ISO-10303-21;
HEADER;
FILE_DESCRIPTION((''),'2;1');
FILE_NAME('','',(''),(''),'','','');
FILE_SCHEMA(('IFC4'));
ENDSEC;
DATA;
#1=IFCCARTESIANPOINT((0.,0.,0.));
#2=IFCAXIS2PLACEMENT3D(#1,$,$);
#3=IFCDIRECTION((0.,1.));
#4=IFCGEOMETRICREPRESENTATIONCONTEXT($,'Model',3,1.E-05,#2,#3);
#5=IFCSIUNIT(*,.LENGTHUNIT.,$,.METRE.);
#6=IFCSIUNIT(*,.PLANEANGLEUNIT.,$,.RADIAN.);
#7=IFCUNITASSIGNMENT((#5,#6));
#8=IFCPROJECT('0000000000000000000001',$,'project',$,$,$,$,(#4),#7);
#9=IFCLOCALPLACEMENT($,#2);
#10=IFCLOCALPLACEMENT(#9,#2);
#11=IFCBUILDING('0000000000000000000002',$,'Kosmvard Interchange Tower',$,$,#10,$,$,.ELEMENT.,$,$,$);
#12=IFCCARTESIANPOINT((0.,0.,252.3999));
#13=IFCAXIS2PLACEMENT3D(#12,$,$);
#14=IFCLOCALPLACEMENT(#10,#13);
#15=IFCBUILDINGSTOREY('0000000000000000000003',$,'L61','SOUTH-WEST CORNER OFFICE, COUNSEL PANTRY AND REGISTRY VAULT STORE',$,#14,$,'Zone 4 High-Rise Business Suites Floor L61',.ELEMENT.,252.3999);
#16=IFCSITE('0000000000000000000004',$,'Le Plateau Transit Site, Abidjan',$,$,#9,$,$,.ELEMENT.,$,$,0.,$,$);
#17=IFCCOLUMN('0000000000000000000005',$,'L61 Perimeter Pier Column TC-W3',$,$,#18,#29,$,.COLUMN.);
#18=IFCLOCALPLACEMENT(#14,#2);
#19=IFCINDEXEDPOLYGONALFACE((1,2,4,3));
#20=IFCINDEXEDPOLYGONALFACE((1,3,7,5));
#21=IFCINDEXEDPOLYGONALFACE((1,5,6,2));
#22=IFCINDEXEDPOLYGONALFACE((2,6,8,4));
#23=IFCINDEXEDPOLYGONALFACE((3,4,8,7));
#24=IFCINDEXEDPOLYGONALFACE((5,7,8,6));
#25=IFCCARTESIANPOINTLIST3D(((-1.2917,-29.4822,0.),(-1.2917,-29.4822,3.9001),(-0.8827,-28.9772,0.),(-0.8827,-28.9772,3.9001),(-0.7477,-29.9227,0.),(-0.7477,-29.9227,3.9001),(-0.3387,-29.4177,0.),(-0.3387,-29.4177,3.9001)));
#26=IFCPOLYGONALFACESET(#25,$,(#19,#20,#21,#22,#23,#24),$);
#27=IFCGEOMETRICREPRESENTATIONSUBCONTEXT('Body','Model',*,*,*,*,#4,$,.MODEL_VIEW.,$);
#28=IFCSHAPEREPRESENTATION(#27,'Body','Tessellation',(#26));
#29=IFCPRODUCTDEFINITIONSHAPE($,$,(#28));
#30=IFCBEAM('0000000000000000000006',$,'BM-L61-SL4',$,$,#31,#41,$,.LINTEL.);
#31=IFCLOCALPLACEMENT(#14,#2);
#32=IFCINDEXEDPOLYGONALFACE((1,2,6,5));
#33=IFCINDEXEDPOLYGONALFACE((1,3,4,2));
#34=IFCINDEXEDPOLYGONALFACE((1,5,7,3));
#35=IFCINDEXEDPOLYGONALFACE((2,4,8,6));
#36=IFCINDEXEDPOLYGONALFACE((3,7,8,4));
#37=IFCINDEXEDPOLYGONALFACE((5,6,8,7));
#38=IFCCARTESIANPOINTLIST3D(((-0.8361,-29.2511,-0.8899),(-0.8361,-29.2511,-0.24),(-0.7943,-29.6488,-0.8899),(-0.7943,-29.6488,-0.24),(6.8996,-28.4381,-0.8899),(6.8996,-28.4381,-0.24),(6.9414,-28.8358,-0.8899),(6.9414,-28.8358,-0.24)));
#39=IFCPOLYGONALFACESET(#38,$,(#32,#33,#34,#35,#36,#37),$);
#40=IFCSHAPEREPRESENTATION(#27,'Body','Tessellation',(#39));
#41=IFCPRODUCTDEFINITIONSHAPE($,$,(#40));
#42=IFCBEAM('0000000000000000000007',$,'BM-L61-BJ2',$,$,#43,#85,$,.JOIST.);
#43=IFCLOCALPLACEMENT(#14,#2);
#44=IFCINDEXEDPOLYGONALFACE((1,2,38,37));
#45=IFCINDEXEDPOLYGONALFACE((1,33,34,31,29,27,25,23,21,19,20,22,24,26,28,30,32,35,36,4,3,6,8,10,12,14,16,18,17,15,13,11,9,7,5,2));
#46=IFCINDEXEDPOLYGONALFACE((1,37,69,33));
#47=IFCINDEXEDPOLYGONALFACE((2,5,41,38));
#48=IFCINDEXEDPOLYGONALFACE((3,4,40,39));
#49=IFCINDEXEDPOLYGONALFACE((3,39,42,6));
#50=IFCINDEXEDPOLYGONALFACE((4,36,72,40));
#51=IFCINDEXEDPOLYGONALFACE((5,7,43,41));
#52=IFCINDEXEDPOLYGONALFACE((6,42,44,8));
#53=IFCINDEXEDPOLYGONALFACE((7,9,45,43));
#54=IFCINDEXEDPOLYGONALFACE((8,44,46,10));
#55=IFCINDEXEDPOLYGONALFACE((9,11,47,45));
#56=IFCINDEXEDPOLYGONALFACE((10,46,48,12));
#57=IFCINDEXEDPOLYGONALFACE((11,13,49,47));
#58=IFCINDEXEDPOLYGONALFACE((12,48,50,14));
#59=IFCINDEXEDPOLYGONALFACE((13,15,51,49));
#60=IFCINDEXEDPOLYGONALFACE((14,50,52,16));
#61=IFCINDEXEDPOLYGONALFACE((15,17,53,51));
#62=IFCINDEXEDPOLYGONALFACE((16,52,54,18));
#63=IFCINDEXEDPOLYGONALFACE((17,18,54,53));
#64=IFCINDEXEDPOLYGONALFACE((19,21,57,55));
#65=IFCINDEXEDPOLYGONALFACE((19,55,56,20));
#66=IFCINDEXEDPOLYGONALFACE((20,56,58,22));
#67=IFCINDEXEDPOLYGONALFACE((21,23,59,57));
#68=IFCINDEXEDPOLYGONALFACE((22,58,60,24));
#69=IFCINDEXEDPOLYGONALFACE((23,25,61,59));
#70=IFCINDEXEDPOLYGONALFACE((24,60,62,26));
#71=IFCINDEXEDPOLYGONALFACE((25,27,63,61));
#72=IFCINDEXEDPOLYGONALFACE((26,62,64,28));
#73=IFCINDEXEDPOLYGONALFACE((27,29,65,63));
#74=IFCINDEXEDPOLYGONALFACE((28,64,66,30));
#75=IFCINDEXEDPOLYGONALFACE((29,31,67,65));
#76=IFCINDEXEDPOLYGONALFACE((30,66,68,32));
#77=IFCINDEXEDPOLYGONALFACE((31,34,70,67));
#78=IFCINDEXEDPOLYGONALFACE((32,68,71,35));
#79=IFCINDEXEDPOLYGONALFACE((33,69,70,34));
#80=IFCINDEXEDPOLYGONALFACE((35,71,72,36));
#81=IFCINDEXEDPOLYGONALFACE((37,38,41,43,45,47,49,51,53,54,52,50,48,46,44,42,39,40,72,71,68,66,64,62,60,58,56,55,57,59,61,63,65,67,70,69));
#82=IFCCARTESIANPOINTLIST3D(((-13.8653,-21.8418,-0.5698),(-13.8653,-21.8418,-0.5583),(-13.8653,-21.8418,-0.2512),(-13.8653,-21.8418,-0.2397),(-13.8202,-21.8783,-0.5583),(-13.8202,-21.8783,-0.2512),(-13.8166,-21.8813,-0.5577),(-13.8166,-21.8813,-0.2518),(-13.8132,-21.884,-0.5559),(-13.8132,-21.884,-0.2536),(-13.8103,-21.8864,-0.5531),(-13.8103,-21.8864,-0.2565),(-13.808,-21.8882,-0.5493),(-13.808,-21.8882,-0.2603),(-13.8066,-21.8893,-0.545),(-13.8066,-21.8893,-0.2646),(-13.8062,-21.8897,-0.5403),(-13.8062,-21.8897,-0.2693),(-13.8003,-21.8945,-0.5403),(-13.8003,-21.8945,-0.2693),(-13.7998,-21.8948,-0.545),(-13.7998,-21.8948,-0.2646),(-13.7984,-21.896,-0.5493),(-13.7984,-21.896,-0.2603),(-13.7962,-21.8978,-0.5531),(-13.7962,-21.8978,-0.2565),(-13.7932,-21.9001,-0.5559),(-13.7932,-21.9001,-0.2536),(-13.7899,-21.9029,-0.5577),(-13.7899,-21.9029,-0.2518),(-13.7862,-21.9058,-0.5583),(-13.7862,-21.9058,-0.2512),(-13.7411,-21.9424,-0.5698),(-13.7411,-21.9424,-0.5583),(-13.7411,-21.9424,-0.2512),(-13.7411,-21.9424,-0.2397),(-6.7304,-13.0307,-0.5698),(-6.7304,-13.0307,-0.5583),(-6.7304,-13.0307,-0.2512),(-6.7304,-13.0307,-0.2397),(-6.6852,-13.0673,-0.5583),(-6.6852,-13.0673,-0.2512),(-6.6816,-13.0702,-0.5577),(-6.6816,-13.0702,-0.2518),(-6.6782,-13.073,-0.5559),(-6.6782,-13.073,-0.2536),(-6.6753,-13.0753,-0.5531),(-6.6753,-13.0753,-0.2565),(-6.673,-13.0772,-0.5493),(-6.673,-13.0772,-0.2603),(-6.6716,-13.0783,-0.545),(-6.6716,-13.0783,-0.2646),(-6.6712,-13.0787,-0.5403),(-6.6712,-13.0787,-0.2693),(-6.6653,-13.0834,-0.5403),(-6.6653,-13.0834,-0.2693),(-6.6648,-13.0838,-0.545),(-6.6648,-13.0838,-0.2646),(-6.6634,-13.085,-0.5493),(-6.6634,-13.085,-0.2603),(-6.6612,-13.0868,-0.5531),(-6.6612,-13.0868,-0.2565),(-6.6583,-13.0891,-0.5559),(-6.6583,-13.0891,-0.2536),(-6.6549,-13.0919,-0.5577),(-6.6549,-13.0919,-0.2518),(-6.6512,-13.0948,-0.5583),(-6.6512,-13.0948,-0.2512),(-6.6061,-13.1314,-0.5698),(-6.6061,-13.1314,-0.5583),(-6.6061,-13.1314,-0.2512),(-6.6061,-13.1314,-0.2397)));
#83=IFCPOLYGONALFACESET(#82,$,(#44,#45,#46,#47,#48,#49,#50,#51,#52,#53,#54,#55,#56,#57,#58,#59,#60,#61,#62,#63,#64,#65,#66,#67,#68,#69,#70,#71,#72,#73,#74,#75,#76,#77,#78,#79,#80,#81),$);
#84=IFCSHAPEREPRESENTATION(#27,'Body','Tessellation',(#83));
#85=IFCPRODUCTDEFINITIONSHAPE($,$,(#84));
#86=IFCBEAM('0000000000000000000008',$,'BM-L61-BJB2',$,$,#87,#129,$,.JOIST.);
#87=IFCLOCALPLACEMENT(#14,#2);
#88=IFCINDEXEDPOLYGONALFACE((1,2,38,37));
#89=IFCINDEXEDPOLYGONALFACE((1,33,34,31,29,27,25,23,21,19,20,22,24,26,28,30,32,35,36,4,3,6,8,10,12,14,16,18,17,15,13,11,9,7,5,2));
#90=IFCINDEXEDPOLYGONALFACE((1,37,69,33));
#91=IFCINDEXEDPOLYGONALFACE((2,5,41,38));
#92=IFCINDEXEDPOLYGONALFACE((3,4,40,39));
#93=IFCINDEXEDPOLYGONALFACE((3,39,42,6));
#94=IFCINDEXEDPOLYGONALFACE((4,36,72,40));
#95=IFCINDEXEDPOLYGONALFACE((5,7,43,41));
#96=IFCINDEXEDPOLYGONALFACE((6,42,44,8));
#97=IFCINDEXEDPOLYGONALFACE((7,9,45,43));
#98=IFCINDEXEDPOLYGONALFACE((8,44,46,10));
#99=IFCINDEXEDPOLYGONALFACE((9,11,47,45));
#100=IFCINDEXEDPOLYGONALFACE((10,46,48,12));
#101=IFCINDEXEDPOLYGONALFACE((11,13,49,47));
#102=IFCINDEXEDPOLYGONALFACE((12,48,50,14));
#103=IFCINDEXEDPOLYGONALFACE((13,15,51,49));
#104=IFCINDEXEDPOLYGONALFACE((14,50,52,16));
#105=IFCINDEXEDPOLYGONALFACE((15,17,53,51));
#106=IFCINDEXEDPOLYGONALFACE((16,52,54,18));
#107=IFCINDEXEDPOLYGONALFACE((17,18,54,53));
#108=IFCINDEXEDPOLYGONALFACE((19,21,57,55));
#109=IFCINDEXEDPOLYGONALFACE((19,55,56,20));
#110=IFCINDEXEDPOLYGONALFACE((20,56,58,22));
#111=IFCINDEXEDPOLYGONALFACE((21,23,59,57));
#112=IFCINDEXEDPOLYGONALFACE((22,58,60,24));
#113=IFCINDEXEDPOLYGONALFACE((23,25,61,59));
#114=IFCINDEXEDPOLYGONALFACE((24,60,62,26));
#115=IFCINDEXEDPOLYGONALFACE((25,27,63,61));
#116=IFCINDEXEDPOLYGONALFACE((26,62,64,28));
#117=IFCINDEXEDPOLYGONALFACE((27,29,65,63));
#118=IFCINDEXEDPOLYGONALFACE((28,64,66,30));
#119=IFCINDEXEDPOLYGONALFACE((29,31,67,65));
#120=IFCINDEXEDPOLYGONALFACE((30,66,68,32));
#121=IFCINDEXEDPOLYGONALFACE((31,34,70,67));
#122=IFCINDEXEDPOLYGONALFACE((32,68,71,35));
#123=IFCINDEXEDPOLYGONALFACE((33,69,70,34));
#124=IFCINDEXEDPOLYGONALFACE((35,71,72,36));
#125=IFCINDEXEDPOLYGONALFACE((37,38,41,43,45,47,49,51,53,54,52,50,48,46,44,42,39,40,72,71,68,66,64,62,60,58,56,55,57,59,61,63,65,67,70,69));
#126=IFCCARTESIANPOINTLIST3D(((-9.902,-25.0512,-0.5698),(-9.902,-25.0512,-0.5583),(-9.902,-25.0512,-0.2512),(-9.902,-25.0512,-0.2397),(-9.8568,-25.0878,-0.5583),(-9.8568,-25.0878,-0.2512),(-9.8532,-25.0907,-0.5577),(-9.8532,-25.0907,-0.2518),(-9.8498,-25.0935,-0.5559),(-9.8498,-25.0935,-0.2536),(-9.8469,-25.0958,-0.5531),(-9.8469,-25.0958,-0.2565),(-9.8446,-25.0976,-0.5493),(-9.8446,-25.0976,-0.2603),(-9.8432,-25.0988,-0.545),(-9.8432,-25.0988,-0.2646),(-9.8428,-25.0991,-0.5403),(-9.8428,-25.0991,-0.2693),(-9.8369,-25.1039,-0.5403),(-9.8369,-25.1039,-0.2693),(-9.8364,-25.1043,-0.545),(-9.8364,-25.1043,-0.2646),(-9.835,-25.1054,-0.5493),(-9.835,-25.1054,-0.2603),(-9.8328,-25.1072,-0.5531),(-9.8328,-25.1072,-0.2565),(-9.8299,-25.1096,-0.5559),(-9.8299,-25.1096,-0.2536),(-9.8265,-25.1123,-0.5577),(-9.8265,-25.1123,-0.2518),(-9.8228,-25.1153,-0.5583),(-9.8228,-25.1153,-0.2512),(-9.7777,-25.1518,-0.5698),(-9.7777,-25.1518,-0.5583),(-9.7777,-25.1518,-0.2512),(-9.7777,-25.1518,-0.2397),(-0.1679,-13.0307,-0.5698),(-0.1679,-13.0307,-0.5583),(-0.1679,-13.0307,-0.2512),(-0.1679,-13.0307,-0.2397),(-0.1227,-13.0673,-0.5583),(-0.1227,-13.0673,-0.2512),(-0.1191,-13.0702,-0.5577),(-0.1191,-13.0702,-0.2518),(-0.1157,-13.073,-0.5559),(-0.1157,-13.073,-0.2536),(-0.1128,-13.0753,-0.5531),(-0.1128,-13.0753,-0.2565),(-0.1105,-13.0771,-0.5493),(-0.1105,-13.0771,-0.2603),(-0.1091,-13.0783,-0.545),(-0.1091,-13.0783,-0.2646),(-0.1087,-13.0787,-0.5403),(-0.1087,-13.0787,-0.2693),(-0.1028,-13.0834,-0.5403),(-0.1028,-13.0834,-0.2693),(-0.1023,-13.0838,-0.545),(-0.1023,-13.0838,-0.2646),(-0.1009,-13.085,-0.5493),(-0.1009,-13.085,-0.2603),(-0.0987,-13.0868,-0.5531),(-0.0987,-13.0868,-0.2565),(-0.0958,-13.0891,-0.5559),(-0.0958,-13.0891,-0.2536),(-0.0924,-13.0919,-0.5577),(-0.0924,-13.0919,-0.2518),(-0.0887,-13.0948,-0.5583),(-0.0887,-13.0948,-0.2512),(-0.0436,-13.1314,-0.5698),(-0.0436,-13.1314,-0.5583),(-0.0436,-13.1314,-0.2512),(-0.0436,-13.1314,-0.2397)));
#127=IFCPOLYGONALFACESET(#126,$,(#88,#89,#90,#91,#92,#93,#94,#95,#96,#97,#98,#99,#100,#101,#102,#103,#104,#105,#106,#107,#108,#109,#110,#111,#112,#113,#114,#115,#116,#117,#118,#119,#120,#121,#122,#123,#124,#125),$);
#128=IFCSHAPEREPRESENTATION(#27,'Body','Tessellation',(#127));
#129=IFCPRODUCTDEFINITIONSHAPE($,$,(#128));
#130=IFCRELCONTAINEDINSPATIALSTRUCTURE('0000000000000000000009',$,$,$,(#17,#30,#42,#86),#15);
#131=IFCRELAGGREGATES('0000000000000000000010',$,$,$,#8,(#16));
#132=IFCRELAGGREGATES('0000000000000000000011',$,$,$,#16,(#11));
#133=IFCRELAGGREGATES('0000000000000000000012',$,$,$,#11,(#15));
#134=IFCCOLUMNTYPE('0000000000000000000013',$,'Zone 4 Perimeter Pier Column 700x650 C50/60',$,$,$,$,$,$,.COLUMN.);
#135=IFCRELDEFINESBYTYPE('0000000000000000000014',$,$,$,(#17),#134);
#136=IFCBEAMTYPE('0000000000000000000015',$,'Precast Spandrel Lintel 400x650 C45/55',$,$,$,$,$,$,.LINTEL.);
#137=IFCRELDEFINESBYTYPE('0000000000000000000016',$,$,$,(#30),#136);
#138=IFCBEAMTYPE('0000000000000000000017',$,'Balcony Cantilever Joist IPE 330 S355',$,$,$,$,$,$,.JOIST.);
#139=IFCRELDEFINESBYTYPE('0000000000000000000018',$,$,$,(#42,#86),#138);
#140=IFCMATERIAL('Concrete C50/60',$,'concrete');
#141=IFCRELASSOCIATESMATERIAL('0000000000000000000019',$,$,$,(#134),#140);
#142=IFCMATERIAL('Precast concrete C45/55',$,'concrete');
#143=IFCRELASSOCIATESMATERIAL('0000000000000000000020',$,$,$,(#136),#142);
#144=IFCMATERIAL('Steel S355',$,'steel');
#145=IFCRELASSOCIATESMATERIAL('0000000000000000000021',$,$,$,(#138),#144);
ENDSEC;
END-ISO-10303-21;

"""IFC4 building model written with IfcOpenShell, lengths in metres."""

from ifc_helpers import new_model, si_unit, direction, frame, origin, origin_2d, place, context, subcontext, project, spatial, rectangle, i_section, extrude, source, transform, mapped, material, material_profile, profile_set, type_object, element, save


model = new_model("IFC4")

# Units and contexts
model_context = context("Model", 3, precision=1e-05, world=origin(), true_north=direction((0.0, 1.0)))
body_context = subcontext(model_context, "Body", "Model", "MODEL_VIEW")
ifc_project = project(units=[si_unit("LENGTHUNIT", "METRE"), si_unit("PLANEANGLEUNIT", "RADIAN")], contexts=[model_context])

# Site, building, storey
site_placement = place(None, origin())
site = spatial("IfcSite", under=ifc_project, at=site_placement, Name="Le Plateau Transit Site, Abidjan", CompositionType="ELEMENT", RefElevation=0.0)
building_placement = place(site_placement, origin())
building = spatial("IfcBuilding", under=site, at=building_placement, Name="Kosmvard Interchange Tower", CompositionType="ELEMENT")
storey_placement = place(building_placement, frame((0.0, 0.0, 252.3999)))
storey = spatial("IfcBuildingStorey", under=building, at=storey_placement, Name="L61", Description="SOUTH-WEST CORNER OFFICE, COUNSEL PANTRY AND REGISTRY VAULT STORE", LongName="Zone 4 High-Rise Business Suites Floor L61", CompositionType="ELEMENT", Elevation=252.3999)

# Column
ifc_material_1 = material(Name="Concrete C50/60", Category="concrete")
ifc_material_profile_1 = material_profile(ifc_material_1, rectangle(XDim=0.6499, YDim=0.7, at=origin_2d()), Name="TC 700x650")
ifc_profile_set_1 = profile_set([ifc_material_profile_1], Name="Concrete C50/60")
column_type = type_object("IfcColumnType", Name="Zone 4 Perimeter Pier Column 700x650 C50/60", PredefinedType="COLUMN", material=ifc_profile_set_1)
shared_shape_1 = source(origin(), body_context, "Body", "SweptSolid", [
    extrude(rectangle(XDim=0.6499, YDim=0.7, at=origin_2d()), origin(), (0.0, 0.0, 1.0), 3.9001),
])
column_placement = place(storey_placement, frame((-0.8152, -29.45, 0.0), z_axis=(0.0, 0.0, 1.0), x_axis=(0.62932, 0.777146, 0.0)))
element("IfcColumn", 1, at=column_placement, inside=storey, type_object=column_type, Name="L61 Perimeter Pier Column TC-W3", PredefinedType="COLUMN", context=body_context, shape_type="MappedRepresentation", body=[
    mapped(shared_shape_1, transform((0.0, 0.0, 0.0), scale=1.0)),
])

# Beams
ifc_material_2 = material(Name="Precast concrete C45/55", Category="concrete")
ifc_material_profile_2 = material_profile(ifc_material_2, rectangle(XDim=0.3999, YDim=0.6499, at=origin_2d()), Name="SL 400x650")
ifc_profile_set_2 = profile_set([ifc_material_profile_2], Name="Precast concrete C45/55")
beam_type_1 = type_object("IfcBeamType", Name="Precast Spandrel Lintel 400x650 C45/55", PredefinedType="LINTEL", material=ifc_profile_set_2)
shared_shape_2 = source(origin(), body_context, "Body", "SweptSolid", [
    extrude(rectangle(XDim=0.3999, YDim=0.6499, at=origin_2d()), origin(), (0.0, 0.0, 1.0), 7.7783),
])
beam_1_placement = place(storey_placement, frame((-0.8152, -29.45, -0.5649), z_axis=(0.994523, 0.104521, 0.0), x_axis=(-0.104521, 0.994523, 0.0)))
element("IfcBeam", 2, at=beam_1_placement, inside=storey, type_object=beam_type_1, Name="BM-L61-SL4", PredefinedType="LINTEL", context=body_context, shape_type="MappedRepresentation", body=[
    mapped(shared_shape_2, transform((0.0, 0.0, 0.0), scale=1.0)),
])
ifc_material_3 = material(Name="Steel S355", Category="steel")
ifc_material_profile_3 = material_profile(ifc_material_3, i_section(OverallWidth=0.1599, OverallDepth=0.3301, WebThickness=0.0076, FlangeThickness=0.0115, FilletRadius=0.0181, at=origin_2d()), Name="IPE 330")
ifc_profile_set_3 = profile_set([ifc_material_profile_3], Name="Steel S355")
beam_type_2 = type_object("IfcBeamType", Name="Balcony Cantilever Joist IPE 330 S355", PredefinedType="JOIST", material=ifc_profile_set_3)
shared_shape_3 = source(origin(), body_context, "Body", "SweptSolid", [
    extrude(i_section(OverallWidth=0.1599, OverallDepth=0.3301, WebThickness=0.0076, FlangeThickness=0.0115, FilletRadius=0.0181, at=origin_2d()), origin(), (0.0, 0.0, 1.0), 11.3376),
])
beam_2_placement = place(storey_placement, frame((-6.6682, -13.0811, -0.4048), z_axis=(-0.629319, -0.777147, 0.0), x_axis=(0.777147, -0.629319, 0.0)))
element("IfcBeam", 3, at=beam_2_placement, inside=storey, type_object=beam_type_2, Name="BM-L61-BJ2", PredefinedType="JOIST", context=body_context, shape_type="MappedRepresentation", body=[
    mapped(shared_shape_3, transform((0.0, 0.0, 0.0), scale=1.0)),
])
shared_shape_4 = source(origin(), body_context, "Body", "SweptSolid", [
    extrude(i_section(OverallWidth=0.1599, OverallDepth=0.3301, WebThickness=0.0076, FlangeThickness=0.0115, FilletRadius=0.0181, at=origin_2d()), origin(), (0.0, 0.0, 1.0), 15.4675),
])
beam_3_placement = place(storey_placement, frame((-0.1057, -13.0811, -0.4048), z_axis=(-0.629325, -0.777142, 0.0), x_axis=(0.777142, -0.629325, 0.0)))
element("IfcBeam", 4, at=beam_3_placement, inside=storey, type_object=beam_type_2, Name="BM-L61-BJB2", PredefinedType="JOIST", context=body_context, shape_type="MappedRepresentation", body=[
    mapped(shared_shape_4, transform((0.0, 0.0, 0.0), scale=1.0)),
])

save(model, "model.ifc")
